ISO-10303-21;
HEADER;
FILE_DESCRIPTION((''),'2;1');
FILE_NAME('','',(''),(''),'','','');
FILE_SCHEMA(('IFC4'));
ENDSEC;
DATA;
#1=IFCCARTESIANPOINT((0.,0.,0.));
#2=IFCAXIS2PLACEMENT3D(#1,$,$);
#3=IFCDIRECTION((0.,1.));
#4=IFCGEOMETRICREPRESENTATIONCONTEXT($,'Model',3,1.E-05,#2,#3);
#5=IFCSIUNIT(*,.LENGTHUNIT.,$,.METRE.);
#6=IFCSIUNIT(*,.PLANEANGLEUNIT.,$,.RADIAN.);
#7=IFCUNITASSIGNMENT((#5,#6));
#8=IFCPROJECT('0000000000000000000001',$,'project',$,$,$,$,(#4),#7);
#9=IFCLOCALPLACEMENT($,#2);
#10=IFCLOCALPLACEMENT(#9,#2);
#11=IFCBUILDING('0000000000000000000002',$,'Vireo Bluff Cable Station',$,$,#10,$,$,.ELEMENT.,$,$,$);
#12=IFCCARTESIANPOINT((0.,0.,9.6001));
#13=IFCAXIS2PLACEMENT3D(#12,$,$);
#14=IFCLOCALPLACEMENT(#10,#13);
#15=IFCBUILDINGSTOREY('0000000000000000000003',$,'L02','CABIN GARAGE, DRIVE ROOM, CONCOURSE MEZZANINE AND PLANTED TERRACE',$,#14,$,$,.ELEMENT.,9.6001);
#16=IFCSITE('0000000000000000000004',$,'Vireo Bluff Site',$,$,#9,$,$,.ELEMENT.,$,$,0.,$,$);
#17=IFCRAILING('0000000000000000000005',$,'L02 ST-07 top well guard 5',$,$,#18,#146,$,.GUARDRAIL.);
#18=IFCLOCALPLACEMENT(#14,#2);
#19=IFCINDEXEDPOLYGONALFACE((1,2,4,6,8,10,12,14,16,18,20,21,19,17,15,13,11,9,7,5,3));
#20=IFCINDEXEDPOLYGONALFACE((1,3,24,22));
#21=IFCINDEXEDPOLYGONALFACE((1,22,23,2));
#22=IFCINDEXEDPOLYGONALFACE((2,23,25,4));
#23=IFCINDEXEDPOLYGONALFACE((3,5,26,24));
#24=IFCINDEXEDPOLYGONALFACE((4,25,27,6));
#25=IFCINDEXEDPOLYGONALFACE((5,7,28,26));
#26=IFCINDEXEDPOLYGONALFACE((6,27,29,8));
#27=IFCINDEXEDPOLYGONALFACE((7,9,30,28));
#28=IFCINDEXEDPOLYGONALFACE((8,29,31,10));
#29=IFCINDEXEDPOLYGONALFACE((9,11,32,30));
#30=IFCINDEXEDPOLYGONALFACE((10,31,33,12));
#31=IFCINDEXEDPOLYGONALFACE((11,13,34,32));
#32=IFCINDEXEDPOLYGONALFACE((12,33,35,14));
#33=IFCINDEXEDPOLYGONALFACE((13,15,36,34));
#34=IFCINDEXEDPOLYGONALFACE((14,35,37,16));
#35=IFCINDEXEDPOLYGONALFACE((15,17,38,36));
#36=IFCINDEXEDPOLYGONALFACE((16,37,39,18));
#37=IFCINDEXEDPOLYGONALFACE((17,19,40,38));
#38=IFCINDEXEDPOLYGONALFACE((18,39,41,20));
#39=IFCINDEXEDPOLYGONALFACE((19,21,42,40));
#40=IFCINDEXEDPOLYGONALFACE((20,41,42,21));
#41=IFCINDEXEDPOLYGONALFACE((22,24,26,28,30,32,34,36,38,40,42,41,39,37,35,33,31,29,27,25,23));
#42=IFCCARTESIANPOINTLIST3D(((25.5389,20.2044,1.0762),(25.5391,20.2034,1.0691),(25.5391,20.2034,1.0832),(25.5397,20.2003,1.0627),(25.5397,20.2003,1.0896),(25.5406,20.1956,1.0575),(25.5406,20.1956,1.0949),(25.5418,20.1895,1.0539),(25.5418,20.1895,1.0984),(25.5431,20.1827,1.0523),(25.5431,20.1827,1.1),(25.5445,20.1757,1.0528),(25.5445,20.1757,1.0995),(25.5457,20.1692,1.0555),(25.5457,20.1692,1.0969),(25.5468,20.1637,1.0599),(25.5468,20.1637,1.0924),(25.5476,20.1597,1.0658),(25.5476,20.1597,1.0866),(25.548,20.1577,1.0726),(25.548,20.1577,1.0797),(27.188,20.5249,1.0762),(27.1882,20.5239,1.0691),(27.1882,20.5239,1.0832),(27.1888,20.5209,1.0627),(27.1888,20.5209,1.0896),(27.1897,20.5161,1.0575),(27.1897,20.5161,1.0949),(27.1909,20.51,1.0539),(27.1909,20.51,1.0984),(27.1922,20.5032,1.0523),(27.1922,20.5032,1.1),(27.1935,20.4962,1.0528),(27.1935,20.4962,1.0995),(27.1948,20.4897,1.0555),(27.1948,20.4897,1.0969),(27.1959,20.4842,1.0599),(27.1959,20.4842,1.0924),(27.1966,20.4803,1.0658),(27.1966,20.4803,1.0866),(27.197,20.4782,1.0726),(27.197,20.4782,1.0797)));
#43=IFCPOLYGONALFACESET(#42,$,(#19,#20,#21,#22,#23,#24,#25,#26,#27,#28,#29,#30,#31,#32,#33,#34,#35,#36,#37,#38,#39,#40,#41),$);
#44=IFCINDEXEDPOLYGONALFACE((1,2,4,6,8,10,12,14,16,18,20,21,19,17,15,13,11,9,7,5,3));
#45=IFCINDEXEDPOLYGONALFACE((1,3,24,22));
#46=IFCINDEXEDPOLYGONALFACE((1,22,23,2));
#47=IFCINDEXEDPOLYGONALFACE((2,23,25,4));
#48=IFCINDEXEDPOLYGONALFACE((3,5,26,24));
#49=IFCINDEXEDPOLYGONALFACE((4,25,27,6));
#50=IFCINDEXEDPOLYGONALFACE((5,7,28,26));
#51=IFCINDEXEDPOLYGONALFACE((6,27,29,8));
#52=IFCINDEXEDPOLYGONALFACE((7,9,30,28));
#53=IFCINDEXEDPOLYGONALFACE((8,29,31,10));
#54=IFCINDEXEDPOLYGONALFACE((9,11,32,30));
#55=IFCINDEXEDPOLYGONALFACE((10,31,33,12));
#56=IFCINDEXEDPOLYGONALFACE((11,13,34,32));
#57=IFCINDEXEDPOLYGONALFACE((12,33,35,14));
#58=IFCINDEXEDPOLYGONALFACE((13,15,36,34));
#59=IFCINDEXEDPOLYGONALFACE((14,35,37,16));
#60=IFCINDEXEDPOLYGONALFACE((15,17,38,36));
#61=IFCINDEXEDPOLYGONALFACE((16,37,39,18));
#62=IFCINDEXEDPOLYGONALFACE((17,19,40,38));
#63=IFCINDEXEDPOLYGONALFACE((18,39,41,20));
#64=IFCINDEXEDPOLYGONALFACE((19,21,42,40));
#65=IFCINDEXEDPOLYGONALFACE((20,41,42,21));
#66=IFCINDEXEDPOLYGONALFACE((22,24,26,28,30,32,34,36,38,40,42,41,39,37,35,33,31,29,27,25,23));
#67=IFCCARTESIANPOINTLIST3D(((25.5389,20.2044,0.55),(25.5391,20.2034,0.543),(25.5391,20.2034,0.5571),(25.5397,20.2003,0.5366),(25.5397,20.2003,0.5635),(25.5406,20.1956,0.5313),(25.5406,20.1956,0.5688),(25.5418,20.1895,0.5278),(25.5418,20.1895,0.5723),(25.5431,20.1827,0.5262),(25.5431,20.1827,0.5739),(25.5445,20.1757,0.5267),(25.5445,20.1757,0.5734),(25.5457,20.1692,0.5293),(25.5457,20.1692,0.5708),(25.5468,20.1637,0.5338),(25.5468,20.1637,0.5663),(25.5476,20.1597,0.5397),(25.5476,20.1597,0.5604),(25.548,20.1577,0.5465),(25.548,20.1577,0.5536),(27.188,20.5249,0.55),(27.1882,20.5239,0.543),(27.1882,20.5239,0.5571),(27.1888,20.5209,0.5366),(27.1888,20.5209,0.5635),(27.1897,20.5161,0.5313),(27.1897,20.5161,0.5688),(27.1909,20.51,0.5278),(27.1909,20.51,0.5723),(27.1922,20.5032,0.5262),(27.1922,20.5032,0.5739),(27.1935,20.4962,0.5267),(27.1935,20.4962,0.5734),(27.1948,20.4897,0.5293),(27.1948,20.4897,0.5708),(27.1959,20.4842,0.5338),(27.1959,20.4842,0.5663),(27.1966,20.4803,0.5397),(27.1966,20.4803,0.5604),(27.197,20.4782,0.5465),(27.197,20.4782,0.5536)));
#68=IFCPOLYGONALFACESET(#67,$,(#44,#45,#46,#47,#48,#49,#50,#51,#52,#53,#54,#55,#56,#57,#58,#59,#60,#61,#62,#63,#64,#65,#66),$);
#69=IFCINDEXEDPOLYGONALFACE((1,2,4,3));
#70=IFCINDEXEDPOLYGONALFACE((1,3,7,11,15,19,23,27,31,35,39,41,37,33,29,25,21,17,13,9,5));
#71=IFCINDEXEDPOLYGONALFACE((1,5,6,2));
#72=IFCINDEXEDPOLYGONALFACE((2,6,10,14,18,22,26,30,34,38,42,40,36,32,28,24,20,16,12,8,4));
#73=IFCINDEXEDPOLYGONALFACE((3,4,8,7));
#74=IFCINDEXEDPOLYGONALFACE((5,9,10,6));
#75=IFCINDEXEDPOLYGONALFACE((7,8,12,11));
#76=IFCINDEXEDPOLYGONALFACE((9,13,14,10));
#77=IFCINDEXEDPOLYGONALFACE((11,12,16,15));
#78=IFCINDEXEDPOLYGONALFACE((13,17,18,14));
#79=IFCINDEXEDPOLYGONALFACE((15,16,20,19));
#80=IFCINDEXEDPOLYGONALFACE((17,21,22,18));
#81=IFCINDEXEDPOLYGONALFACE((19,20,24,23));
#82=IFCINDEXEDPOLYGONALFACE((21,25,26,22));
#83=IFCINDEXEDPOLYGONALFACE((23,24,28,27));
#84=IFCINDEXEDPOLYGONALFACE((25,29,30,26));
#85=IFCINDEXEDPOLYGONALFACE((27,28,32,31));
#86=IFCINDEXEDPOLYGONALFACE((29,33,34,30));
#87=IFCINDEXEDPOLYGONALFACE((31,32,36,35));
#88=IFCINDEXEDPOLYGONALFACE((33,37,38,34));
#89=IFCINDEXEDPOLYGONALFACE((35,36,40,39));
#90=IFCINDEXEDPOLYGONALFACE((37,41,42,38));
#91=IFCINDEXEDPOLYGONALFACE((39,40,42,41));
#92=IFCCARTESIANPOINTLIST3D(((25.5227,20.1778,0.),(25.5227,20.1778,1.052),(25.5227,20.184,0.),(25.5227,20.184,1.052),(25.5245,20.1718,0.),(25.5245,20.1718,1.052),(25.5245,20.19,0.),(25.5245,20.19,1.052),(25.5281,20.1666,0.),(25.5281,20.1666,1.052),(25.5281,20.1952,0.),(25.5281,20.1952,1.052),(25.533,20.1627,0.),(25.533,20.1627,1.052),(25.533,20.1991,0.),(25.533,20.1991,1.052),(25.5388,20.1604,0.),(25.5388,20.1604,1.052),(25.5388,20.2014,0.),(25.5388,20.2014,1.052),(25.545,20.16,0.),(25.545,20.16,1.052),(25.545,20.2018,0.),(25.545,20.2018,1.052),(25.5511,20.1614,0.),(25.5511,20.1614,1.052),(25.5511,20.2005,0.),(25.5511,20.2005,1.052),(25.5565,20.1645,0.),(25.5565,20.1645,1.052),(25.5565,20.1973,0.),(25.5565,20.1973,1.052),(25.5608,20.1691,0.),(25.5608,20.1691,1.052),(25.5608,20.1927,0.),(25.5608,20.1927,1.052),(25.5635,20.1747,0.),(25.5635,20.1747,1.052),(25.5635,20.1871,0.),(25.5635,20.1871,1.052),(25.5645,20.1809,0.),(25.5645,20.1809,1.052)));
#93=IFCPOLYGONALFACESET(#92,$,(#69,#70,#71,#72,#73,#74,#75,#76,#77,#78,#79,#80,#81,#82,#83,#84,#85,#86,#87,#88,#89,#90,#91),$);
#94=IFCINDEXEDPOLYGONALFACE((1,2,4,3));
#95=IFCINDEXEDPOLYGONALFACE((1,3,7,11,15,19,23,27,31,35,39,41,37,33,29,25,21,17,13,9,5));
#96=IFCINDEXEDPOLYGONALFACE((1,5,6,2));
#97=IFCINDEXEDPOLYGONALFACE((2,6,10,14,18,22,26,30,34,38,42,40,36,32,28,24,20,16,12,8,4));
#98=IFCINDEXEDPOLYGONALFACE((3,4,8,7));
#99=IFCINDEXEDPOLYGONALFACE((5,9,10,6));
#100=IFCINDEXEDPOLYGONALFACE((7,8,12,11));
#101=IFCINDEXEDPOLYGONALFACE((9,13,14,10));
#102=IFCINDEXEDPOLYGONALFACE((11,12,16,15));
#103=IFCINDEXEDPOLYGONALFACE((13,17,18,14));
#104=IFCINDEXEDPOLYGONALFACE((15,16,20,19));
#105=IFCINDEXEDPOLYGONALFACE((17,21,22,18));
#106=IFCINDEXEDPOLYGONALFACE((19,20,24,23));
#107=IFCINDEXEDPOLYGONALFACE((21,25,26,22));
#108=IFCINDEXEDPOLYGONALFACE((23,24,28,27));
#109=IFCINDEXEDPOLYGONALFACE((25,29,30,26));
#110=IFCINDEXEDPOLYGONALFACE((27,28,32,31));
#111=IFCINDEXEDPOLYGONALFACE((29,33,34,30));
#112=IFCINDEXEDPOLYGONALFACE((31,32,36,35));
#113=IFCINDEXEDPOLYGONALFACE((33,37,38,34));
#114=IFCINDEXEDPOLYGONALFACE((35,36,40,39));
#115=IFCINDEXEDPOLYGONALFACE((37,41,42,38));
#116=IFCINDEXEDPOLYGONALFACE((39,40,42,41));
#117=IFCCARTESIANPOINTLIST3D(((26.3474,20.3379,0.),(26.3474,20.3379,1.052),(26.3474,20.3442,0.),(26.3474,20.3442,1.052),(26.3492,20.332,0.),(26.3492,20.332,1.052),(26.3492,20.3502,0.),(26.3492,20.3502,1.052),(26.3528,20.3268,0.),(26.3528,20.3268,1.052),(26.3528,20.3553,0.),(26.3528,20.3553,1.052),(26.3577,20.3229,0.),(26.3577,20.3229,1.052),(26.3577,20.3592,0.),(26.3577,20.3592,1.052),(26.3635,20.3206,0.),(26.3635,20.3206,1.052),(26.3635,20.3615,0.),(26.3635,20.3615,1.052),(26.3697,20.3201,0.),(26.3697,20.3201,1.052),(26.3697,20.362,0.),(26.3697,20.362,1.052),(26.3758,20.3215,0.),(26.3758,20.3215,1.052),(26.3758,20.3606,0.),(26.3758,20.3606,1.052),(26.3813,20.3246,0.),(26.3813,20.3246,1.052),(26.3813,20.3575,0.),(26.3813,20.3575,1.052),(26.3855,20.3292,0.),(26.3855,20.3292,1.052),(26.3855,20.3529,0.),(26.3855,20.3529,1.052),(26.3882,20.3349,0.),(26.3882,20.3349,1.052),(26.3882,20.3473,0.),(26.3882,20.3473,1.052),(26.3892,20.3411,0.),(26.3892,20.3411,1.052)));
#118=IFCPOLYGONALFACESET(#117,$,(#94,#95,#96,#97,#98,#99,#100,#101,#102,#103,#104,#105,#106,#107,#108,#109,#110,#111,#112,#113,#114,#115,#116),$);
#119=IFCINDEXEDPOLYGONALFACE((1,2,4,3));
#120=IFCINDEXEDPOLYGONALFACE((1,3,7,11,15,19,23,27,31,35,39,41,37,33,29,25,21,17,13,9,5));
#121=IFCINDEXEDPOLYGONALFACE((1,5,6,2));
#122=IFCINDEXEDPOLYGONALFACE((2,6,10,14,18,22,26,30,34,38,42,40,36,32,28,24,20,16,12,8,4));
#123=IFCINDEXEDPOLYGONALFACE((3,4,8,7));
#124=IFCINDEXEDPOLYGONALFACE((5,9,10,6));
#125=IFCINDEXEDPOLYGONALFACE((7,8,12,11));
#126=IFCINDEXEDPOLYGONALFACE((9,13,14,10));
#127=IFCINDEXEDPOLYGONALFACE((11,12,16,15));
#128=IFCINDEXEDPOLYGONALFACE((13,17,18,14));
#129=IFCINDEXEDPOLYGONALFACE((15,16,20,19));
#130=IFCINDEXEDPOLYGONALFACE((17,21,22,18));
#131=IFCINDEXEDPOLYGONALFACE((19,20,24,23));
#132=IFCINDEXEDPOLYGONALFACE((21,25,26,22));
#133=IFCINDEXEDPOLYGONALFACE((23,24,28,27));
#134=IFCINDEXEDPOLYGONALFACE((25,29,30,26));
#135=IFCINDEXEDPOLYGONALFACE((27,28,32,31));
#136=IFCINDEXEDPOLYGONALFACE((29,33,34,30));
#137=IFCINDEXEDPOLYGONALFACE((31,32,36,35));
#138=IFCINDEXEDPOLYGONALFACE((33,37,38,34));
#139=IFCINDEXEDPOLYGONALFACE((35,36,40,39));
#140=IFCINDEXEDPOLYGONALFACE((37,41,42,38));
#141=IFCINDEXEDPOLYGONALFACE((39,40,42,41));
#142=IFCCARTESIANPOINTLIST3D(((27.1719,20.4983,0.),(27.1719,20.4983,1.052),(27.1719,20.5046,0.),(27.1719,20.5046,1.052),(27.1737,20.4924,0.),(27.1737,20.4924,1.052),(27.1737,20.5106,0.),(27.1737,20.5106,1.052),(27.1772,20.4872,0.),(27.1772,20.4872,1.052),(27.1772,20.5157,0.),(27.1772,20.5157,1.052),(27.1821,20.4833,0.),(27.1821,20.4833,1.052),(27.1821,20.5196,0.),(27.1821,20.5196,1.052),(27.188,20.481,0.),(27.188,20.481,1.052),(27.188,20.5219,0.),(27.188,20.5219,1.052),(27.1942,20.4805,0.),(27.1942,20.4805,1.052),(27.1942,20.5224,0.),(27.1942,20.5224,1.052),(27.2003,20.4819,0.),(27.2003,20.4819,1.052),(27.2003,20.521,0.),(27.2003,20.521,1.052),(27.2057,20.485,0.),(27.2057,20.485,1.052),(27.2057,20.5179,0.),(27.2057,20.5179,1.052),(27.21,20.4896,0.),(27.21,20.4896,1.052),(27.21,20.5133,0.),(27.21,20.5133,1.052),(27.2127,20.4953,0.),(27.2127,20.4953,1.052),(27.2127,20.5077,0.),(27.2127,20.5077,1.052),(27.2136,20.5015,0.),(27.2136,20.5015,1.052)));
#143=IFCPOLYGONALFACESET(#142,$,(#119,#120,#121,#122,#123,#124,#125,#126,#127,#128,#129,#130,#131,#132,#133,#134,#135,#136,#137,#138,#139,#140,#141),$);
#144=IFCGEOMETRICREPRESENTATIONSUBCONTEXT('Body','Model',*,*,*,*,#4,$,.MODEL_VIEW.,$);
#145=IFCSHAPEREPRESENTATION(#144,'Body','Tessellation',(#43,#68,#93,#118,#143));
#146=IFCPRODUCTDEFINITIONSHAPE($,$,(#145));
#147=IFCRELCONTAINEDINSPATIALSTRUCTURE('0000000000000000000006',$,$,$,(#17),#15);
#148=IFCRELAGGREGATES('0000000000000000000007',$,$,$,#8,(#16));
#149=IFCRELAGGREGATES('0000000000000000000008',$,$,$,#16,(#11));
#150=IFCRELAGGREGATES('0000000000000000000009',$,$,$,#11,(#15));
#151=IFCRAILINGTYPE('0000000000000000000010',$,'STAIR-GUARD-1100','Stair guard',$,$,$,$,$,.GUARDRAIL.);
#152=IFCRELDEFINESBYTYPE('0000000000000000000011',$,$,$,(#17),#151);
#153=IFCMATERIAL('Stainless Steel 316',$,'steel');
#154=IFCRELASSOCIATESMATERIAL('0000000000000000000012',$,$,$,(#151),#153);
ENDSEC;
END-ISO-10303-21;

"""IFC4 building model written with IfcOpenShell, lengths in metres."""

from ifc_helpers import new_model, si_unit, direction, frame, origin, origin_2d, place, context, subcontext, project, spatial, circle, extrude, material, type_object, element, save


model = new_model("IFC4")

# Units and contexts
model_context = context("Model", 3, precision=1e-05, world=origin(), true_north=direction((0.0, 1.0)))
body_context = subcontext(model_context, "Body", "Model", "MODEL_VIEW")
ifc_project = project(units=[si_unit("LENGTHUNIT", "METRE"), si_unit("PLANEANGLEUNIT", "RADIAN")], contexts=[model_context])

# Site, building, storey
site_placement = place(None, origin())
site = spatial("IfcSite", under=ifc_project, at=site_placement, Name="Vireo Bluff Site", CompositionType="ELEMENT", RefElevation=0.0)
building_placement = place(site_placement, origin())
building = spatial("IfcBuilding", under=site, at=building_placement, Name="Vireo Bluff Cable Station", CompositionType="ELEMENT")
storey_placement = place(building_placement, frame((0.0, 0.0, 9.6001)))
storey = spatial("IfcBuildingStorey", under=building, at=storey_placement, Name="L02", Description="CABIN GARAGE, DRIVE ROOM, CONCOURSE MEZZANINE AND PLANTED TERRACE", CompositionType="ELEMENT", Elevation=9.6001)

# Railing
ifc_material_1 = material(Name="Stainless Steel 316", Category="steel")
railing_type = type_object("IfcRailingType", Name="STAIR-GUARD-1100", Description="Stair guard", PredefinedType="GUARDRAIL", material=ifc_material_1)
railing_1_placement = place(storey_placement, frame((25.5435, 20.1809, 0.0)))
element("IfcRailing", 1, at=railing_1_placement, inside=storey, type_object=railing_type, Name="L02 ST-07 top well guard 5", PredefinedType="GUARDRAIL", context=body_context, shape_type="SweptSolid", body=[
    extrude(circle(Radius=0.0239, at=origin_2d()), frame((0.0, 0.0, 1.0762), z_axis=(0.981628, 0.190804, 0.0), x_axis=(-0.190804, 0.981628, 0.0)), (0.0, 0.0, 1.0), 1.6799),
    extrude(circle(Radius=0.0239, at=origin_2d()), frame((0.0, 0.0, 0.55), z_axis=(0.981628, 0.190804, 0.0), x_axis=(-0.190804, 0.981628, 0.0)), (0.0, 0.0, 1.0), 1.6799),
    extrude(circle(Radius=0.021, at=origin_2d()), origin(), (0.0, 0.0, 1.0), 1.052),
    extrude(circle(Radius=0.021, at=origin_2d()), frame((0.8247, 0.1602, 0.0)), (0.0, 0.0, 1.0), 1.052),
    extrude(circle(Radius=0.021, at=origin_2d()), frame((1.6492, 0.3206, 0.0)), (0.0, 0.0, 1.0), 1.052),
])

save(model, "model.ifc")
